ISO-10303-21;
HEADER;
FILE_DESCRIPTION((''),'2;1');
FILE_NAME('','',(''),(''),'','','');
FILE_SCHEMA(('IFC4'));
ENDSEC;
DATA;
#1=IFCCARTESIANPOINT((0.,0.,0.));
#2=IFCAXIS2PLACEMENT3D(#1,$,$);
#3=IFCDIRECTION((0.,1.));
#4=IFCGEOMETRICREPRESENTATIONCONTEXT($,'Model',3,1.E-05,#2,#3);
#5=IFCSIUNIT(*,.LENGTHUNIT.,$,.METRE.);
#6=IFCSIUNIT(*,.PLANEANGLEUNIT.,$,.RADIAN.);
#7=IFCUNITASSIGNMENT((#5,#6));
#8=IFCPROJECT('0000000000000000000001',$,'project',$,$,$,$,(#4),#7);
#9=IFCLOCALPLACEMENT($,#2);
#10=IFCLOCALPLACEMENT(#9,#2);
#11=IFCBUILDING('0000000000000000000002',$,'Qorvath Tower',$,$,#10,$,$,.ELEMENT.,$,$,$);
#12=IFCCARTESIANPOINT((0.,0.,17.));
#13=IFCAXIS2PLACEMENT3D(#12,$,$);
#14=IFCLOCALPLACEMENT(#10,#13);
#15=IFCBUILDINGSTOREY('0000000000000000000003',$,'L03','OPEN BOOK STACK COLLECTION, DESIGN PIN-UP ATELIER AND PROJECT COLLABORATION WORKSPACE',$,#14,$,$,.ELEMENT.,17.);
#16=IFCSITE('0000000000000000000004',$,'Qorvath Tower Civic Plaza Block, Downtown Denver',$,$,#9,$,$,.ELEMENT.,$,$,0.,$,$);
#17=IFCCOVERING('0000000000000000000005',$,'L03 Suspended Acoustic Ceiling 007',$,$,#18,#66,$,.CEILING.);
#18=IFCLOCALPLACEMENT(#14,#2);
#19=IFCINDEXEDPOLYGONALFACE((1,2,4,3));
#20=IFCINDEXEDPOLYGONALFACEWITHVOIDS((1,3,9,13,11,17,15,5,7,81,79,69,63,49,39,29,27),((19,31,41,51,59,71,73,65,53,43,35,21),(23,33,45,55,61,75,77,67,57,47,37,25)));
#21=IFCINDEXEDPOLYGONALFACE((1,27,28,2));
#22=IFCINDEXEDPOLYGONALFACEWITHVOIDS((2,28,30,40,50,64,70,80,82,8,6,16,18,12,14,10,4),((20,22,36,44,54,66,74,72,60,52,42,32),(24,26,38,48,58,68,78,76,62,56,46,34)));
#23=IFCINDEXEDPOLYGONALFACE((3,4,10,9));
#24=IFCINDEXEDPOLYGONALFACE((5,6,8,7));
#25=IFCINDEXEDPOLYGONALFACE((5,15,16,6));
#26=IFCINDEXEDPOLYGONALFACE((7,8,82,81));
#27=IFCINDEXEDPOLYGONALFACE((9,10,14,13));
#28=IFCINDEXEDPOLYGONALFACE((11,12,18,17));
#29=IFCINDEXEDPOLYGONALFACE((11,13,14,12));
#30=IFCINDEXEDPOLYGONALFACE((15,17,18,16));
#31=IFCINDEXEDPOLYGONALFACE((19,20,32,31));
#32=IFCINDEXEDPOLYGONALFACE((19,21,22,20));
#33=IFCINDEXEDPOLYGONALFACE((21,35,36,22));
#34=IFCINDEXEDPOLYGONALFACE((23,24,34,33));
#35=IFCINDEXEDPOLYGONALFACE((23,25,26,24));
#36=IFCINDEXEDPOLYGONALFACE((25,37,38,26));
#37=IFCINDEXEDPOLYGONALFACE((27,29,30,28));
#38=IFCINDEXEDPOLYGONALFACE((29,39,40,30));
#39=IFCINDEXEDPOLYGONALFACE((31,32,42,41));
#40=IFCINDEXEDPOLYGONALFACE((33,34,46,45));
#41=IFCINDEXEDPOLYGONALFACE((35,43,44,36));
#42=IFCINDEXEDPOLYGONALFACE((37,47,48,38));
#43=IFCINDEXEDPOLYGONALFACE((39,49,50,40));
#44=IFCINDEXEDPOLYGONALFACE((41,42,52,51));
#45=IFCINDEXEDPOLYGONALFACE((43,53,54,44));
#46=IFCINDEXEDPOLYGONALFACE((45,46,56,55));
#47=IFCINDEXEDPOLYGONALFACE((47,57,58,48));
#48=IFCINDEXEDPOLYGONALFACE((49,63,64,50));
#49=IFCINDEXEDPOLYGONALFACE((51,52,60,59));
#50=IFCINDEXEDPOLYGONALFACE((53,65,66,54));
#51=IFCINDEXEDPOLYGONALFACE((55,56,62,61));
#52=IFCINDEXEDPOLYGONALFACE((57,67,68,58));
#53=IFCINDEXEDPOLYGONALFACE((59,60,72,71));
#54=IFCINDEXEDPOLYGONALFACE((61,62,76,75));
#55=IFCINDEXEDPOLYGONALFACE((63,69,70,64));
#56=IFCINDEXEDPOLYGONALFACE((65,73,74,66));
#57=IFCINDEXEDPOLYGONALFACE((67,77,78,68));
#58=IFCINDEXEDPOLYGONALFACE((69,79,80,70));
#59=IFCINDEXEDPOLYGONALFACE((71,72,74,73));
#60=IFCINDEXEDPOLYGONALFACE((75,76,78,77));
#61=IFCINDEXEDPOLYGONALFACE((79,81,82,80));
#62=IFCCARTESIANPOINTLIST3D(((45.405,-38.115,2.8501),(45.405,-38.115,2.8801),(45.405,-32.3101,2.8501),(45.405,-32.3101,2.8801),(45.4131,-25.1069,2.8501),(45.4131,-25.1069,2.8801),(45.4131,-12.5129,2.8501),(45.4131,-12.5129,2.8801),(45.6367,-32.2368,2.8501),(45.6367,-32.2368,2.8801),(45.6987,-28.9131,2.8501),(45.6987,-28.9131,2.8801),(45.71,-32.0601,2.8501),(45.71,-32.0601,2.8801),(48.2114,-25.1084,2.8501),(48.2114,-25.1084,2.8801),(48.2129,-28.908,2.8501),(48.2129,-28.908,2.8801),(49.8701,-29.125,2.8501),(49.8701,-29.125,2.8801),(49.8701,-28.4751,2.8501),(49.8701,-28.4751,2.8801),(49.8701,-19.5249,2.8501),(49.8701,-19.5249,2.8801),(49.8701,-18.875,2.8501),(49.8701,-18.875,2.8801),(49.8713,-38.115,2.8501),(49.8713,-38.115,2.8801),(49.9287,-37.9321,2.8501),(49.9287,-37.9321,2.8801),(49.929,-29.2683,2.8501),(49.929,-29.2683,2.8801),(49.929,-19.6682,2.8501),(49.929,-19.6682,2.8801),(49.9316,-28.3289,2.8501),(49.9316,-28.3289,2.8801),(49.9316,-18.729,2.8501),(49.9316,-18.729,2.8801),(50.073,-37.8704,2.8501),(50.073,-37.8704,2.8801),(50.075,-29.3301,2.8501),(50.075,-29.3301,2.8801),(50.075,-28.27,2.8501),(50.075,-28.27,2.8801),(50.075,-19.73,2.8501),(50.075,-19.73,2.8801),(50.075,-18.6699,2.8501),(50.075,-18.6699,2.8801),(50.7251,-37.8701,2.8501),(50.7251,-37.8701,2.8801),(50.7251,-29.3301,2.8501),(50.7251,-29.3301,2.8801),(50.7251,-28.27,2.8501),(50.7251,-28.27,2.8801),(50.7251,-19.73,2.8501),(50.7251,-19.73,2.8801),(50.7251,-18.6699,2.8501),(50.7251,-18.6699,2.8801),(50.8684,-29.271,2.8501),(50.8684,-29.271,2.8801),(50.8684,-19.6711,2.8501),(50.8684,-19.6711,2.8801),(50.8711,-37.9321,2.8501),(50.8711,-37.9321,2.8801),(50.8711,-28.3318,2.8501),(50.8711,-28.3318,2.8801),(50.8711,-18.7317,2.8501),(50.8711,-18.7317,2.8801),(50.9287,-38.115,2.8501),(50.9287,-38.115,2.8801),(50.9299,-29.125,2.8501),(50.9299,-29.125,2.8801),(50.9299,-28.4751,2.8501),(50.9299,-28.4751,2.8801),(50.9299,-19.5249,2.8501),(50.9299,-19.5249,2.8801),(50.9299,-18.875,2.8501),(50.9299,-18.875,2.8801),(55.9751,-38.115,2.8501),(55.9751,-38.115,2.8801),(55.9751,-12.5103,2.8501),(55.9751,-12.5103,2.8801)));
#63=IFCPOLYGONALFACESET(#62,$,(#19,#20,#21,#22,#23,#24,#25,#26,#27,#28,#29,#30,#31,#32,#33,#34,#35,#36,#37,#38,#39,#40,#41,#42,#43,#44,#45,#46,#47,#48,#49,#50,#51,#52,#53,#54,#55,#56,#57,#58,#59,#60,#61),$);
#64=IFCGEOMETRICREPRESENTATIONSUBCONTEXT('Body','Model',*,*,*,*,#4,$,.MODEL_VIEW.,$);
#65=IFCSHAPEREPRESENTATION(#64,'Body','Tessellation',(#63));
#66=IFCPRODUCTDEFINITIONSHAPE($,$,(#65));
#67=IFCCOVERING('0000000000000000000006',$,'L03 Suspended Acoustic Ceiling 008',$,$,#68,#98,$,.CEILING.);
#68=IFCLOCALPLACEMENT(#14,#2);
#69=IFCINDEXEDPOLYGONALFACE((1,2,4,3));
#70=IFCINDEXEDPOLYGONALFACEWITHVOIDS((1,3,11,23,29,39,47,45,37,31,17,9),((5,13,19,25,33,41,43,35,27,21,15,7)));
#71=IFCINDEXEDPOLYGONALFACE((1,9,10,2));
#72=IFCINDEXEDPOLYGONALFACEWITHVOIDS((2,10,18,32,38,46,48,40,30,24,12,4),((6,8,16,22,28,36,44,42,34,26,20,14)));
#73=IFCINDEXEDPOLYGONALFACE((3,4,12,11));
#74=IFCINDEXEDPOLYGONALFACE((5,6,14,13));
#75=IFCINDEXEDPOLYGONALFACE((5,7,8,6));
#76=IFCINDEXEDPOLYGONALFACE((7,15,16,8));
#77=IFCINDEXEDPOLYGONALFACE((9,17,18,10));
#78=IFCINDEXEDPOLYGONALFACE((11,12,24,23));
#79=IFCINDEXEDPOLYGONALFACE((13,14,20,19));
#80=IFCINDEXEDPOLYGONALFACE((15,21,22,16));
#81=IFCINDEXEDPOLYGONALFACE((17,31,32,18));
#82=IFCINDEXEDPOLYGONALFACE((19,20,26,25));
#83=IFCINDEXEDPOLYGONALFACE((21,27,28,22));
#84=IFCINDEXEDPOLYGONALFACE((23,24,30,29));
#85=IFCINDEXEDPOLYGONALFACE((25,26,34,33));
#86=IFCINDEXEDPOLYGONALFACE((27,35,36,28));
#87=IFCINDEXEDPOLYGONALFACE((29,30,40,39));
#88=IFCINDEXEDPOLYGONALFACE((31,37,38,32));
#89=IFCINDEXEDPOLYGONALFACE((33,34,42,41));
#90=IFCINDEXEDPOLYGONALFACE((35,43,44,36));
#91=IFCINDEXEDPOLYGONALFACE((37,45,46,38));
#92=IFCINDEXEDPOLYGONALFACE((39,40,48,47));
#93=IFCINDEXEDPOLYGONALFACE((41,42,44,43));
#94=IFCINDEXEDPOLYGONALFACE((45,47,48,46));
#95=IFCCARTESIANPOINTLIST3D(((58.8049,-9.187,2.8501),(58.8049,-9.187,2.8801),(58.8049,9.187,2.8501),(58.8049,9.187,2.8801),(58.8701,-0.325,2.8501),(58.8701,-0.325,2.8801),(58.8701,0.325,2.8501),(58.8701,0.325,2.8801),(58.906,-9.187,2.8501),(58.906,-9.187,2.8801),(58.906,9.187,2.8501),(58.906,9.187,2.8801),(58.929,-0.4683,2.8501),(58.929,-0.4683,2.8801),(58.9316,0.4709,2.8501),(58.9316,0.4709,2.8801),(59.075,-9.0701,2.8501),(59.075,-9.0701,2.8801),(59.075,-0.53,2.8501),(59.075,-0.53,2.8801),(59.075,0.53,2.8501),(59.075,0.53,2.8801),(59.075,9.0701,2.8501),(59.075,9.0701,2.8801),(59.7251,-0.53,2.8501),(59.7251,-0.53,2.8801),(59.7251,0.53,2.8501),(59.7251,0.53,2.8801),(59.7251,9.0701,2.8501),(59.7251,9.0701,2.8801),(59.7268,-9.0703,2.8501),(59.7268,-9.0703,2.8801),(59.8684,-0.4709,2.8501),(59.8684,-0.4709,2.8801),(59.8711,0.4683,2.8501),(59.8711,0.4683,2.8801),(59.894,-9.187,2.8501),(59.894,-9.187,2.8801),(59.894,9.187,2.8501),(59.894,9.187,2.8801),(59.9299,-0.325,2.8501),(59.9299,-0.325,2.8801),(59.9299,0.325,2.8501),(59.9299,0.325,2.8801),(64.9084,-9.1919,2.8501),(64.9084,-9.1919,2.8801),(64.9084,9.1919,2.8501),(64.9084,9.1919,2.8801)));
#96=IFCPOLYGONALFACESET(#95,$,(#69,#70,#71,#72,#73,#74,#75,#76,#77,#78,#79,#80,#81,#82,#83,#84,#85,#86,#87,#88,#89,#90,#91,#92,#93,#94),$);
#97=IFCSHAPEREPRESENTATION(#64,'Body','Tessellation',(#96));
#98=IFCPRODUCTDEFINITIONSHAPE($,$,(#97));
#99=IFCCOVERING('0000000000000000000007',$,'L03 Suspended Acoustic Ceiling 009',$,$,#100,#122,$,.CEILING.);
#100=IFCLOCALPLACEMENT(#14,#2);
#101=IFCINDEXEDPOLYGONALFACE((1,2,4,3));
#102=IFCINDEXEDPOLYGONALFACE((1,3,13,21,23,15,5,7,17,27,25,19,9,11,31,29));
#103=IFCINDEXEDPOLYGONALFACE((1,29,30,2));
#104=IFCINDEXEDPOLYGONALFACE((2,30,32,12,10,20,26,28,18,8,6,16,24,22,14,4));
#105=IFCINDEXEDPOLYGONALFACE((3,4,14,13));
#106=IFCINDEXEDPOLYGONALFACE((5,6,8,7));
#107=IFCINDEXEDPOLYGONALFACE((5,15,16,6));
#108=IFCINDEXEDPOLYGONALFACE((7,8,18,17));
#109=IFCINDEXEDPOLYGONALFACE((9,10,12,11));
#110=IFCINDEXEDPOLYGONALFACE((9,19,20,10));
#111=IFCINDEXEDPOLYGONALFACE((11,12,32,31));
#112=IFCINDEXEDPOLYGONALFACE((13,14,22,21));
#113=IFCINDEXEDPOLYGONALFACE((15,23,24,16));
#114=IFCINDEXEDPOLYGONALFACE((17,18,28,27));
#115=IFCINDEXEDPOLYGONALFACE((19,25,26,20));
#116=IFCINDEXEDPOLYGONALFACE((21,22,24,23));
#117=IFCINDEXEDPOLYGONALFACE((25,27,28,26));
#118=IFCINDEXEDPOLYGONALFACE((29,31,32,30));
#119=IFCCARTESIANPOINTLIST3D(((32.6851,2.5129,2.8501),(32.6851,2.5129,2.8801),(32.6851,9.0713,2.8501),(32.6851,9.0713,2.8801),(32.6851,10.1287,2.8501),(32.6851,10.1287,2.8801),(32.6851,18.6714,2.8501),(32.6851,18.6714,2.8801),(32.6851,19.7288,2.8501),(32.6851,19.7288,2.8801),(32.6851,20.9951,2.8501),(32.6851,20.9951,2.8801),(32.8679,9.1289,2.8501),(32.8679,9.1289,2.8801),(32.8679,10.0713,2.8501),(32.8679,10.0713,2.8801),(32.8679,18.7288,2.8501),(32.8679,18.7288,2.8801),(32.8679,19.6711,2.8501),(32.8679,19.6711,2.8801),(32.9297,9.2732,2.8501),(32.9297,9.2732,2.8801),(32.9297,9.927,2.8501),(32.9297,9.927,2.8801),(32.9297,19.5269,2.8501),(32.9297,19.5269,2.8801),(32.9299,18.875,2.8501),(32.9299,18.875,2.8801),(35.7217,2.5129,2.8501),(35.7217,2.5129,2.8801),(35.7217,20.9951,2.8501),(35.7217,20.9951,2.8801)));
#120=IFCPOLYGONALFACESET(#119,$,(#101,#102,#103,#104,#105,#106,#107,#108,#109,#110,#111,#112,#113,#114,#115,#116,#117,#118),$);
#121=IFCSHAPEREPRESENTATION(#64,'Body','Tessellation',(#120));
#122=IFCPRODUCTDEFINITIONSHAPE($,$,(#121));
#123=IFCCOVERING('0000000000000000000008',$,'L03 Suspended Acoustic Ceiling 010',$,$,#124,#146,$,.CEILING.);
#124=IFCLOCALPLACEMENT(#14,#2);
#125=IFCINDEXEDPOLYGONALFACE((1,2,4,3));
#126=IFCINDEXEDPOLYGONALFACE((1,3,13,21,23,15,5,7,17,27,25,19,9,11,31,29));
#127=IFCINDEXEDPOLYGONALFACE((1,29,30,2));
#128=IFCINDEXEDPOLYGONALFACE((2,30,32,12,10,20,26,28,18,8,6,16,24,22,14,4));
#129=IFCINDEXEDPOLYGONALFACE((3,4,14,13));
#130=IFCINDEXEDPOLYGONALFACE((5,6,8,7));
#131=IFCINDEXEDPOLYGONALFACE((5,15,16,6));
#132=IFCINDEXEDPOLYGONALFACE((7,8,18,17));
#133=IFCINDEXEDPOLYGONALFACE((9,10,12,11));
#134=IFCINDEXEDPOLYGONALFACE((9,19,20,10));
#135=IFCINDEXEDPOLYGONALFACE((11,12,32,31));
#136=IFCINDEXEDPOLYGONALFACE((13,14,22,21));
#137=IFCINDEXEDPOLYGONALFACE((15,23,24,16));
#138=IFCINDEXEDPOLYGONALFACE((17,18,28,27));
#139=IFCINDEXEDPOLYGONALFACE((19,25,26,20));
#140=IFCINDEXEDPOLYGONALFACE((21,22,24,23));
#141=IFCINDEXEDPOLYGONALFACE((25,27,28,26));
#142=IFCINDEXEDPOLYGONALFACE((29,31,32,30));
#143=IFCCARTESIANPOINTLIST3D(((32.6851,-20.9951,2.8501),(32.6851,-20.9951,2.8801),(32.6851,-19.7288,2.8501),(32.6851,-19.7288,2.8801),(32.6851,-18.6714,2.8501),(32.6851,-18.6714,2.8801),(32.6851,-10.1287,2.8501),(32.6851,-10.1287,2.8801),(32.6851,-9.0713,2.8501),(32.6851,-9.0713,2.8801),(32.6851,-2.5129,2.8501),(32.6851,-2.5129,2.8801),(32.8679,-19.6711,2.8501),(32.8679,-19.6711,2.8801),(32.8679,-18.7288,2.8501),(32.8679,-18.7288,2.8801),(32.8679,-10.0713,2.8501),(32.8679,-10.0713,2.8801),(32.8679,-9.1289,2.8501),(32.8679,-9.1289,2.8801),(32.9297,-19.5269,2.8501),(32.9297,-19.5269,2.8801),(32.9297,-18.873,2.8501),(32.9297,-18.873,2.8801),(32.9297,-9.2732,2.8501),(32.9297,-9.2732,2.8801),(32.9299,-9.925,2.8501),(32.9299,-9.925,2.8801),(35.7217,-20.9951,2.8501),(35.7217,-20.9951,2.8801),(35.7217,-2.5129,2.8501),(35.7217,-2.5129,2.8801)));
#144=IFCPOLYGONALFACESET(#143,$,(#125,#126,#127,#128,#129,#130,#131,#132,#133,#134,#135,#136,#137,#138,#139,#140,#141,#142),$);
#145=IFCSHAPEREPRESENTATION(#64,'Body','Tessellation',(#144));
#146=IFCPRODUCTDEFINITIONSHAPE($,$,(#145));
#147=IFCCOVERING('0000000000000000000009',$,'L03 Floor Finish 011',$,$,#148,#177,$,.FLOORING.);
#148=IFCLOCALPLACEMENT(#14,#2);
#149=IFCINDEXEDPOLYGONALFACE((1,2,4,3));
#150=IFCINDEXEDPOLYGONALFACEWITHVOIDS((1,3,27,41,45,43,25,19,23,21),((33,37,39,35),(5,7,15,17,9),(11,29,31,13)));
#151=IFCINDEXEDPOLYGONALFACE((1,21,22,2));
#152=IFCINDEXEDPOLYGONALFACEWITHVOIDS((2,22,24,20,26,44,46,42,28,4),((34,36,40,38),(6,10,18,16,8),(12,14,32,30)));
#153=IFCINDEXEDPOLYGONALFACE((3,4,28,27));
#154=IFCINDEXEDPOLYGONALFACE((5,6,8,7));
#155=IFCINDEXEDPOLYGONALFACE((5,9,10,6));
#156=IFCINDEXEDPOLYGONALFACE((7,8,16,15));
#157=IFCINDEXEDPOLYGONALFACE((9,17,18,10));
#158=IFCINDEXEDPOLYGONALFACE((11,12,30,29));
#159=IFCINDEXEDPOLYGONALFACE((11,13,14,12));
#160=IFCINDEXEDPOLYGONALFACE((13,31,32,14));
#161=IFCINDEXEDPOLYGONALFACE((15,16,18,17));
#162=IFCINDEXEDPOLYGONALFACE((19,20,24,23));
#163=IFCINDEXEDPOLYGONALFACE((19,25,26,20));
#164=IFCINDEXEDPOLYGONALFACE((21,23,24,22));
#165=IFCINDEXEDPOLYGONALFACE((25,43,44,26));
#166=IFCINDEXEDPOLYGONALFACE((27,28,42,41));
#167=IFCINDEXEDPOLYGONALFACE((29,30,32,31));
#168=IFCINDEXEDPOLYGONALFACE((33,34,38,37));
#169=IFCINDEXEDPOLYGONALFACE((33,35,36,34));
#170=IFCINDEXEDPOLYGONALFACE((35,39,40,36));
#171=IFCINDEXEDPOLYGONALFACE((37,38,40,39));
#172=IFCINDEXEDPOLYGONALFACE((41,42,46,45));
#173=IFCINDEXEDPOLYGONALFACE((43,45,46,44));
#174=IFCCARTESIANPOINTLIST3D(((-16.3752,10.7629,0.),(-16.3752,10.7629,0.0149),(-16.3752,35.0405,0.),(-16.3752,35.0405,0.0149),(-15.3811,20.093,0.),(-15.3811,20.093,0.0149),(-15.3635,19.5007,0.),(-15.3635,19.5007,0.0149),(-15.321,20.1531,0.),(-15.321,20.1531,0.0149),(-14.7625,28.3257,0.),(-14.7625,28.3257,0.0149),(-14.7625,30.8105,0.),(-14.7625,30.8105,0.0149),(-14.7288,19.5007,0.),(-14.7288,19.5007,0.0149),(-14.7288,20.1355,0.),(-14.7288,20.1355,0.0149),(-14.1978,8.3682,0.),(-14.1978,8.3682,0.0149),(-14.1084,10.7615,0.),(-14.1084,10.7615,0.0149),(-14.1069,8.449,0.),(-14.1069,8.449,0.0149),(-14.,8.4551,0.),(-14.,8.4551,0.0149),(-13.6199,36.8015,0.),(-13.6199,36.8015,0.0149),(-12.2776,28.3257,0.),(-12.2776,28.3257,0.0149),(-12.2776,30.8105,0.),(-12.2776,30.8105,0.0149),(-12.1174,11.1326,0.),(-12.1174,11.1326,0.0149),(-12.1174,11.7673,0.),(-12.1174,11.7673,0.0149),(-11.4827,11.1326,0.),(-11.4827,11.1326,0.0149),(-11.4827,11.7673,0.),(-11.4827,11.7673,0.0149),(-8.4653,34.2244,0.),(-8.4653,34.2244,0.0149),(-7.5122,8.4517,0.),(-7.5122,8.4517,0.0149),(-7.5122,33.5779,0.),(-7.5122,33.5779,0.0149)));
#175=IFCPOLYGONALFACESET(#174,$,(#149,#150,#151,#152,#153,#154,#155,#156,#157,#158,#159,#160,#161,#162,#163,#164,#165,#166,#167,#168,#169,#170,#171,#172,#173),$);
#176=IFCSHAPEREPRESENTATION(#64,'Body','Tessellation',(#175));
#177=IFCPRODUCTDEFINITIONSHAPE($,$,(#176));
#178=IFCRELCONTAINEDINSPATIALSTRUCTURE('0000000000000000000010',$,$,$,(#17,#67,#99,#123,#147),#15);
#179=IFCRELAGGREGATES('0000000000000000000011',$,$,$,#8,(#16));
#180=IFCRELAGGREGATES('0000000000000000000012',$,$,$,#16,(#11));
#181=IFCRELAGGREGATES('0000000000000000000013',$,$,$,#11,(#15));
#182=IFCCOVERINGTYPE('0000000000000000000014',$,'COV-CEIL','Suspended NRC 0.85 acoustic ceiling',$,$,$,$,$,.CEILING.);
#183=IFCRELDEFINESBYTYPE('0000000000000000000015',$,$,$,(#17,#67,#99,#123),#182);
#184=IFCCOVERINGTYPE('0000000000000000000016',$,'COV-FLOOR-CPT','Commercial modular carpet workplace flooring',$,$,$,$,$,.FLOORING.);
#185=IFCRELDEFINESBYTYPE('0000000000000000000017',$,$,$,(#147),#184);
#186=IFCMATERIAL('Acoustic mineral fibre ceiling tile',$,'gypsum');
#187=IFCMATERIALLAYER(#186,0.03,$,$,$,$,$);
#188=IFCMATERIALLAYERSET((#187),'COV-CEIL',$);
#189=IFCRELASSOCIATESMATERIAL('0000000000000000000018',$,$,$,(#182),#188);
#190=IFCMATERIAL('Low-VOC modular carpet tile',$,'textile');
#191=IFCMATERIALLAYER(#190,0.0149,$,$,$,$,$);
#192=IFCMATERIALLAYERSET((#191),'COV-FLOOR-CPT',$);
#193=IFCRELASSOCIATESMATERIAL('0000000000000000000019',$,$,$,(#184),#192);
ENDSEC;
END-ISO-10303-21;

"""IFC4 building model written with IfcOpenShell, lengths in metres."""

from ifc_helpers import new_model, si_unit, direction, frame, origin, place, context, subcontext, project, spatial, polyline, outline, extrude, material, layer, layer_set, type_object, element, save


model = new_model("IFC4")

# Units and contexts
model_context = context("Model", 3, precision=1e-05, world=origin(), true_north=direction((0.0, 1.0)))
body_context = subcontext(model_context, "Body", "Model", "MODEL_VIEW")
ifc_project = project(units=[si_unit("LENGTHUNIT", "METRE"), si_unit("PLANEANGLEUNIT", "RADIAN")], contexts=[model_context])

# Site, building, storey
site_placement = place(None, origin())
site = spatial("IfcSite", under=ifc_project, at=site_placement, Name="Qorvath Tower Civic Plaza Block, Downtown Denver", CompositionType="ELEMENT", RefElevation=0.0)
building_placement = place(site_placement, origin())
building = spatial("IfcBuilding", under=site, at=building_placement, Name="Qorvath Tower", CompositionType="ELEMENT")
storey_placement = place(building_placement, frame((0.0, 0.0, 17.0)))
storey = spatial("IfcBuildingStorey", under=building, at=storey_placement, Name="L03", Description="OPEN BOOK STACK COLLECTION, DESIGN PIN-UP ATELIER AND PROJECT COLLABORATION WORKSPACE", CompositionType="ELEMENT", Elevation=17.0)

# Coverings
ifc_material_1 = material(Name="Acoustic mineral fibre ceiling tile", Category="gypsum")
ifc_layer_1 = layer(ifc_material_1, 0.03)
ifc_layer_set_1 = layer_set([ifc_layer_1], Name="COV-CEIL")
covering_type_1 = type_object("IfcCoveringType", Name="COV-CEIL", Description="Suspended NRC 0.85 acoustic ceiling", PredefinedType="CEILING", material=ifc_layer_set_1)
covering_1_placement = place(storey_placement, frame((0.0, 0.0, 2.8501)))
element("IfcCovering", 1, at=covering_1_placement, inside=storey, type_object=covering_type_1, Name="L03 Suspended Acoustic Ceiling 007", PredefinedType="CEILING", context=body_context, shape_type="SweptSolid", body=[
    extrude(outline(polyline([(55.9751, -38.115), (55.9751, -12.5103), (45.4131, -12.5129), (45.4131, -25.1069), (48.2114, -25.1084), (48.2129, -28.908), (45.6987, -28.9131), (45.71, -32.0601), (45.6367, -32.2368), (45.405, -32.3101), (45.405, -38.115), (49.8713, -38.115), (49.9287, -37.9321), (50.073, -37.8704), (50.7251, -37.8701), (50.8711, -37.9321), (50.9287, -38.115), (55.9751, -38.115)]), holes=[polyline([(50.8711, -28.3318), (50.9299, -28.4751), (50.9299, -29.125), (50.8684, -29.271), (50.7251, -29.3301), (50.075, -29.3301), (49.929, -29.2683), (49.8701, -29.125), (49.8701, -28.4751), (49.9316, -28.3289), (50.075, -28.27), (50.7251, -28.27), (50.8711, -28.3318)]), polyline([(50.8711, -18.7317), (50.9299, -18.875), (50.9299, -19.5249), (50.8684, -19.6711), (50.7251, -19.73), (50.075, -19.73), (49.929, -19.6682), (49.8701, -19.5249), (49.8701, -18.875), (49.9316, -18.729), (50.075, -18.6699), (50.7251, -18.6699), (50.8711, -18.7317)])]), origin(), (0.0, 0.0, 1.0), 0.03),
])
covering_2_placement = place(storey_placement, frame((0.0, 0.0, 2.8501)))
element("IfcCovering", 2, at=covering_2_placement, inside=storey, type_object=covering_type_1, Name="L03 Suspended Acoustic Ceiling 008", PredefinedType="CEILING", context=body_context, shape_type="SweptSolid", body=[
    extrude(outline(polyline([(59.7268, -9.0703), (59.894, -9.187), (64.9084, -9.1919), (64.9084, 9.1919), (59.894, 9.187), (59.7251, 9.0701), (59.075, 9.0701), (58.906, 9.187), (58.8049, 9.187), (58.8049, -9.187), (58.906, -9.187), (59.075, -9.0701), (59.7268, -9.0703)]), holes=[polyline([(59.8711, 0.4683), (59.9299, 0.325), (59.9299, -0.325), (59.8684, -0.4709), (59.7251, -0.53), (59.075, -0.53), (58.929, -0.4683), (58.8701, -0.325), (58.8701, 0.325), (58.9316, 0.4709), (59.075, 0.53), (59.7251, 0.53), (59.8711, 0.4683)])]), origin(), (0.0, 0.0, 1.0), 0.03),
])
covering_3_placement = place(storey_placement, frame((0.0, 0.0, 2.8501)))
element("IfcCovering", 3, at=covering_3_placement, inside=storey, type_object=covering_type_1, Name="L03 Suspended Acoustic Ceiling 009", PredefinedType="CEILING", context=body_context, shape_type="SweptSolid", body=[
    extrude(outline(polyline([(32.9297, 9.2732), (32.8679, 9.1289), (32.6851, 9.0713), (32.6851, 2.5129), (35.7217, 2.5129), (35.7217, 20.9951), (32.6851, 20.9951), (32.6851, 19.7288), (32.8679, 19.6711), (32.9297, 19.5269), (32.9299, 18.875), (32.8679, 18.7288), (32.6851, 18.6714), (32.6851, 10.1287), (32.8679, 10.0713), (32.9297, 9.927), (32.9297, 9.2732)])), origin(), (0.0, 0.0, 1.0), 0.03),
])
covering_4_placement = place(storey_placement, frame((0.0, 0.0, 2.8501)))
element("IfcCovering", 4, at=covering_4_placement, inside=storey, type_object=covering_type_1, Name="L03 Suspended Acoustic Ceiling 010", PredefinedType="CEILING", context=body_context, shape_type="SweptSolid", body=[
    extrude(outline(polyline([(32.9297, -19.5269), (32.8679, -19.6711), (32.6851, -19.7288), (32.6851, -20.9951), (35.7217, -20.9951), (35.7217, -2.5129), (32.6851, -2.5129), (32.6851, -9.0713), (32.8679, -9.1289), (32.9297, -9.2732), (32.9299, -9.925), (32.8679, -10.0713), (32.6851, -10.1287), (32.6851, -18.6714), (32.8679, -18.7288), (32.9297, -18.873), (32.9297, -19.5269)])), origin(), (0.0, 0.0, 1.0), 0.03),
])
ifc_material_2 = material(Name="Low-VOC modular carpet tile", Category="textile")
ifc_layer_2 = layer(ifc_material_2, 0.0149)
ifc_layer_set_2 = layer_set([ifc_layer_2], Name="COV-FLOOR-CPT")
covering_type_2 = type_object("IfcCoveringType", Name="COV-FLOOR-CPT", Description="Commercial modular carpet workplace flooring", PredefinedType="FLOORING", material=ifc_layer_set_2)
covering_5_placement = place(storey_placement, origin())
element("IfcCovering", 5, at=covering_5_placement, inside=storey, type_object=covering_type_2, Name="L03 Floor Finish 011", PredefinedType="FLOORING", context=body_context, shape_type="SweptSolid", body=[
    extrude(outline(polyline([(-7.5122, 8.4517), (-7.5122, 33.5779), (-8.4653, 34.2244), (-13.6199, 36.8015), (-16.3752, 35.0405), (-16.3752, 10.7629), (-14.1084, 10.7615), (-14.1069, 8.449), (-14.1978, 8.3682), (-14.0, 8.4551), (-7.5122, 8.4517)]), holes=[polyline([(-12.1174, 11.7673), (-11.4827, 11.7673), (-11.4827, 11.1326), (-12.1174, 11.1326), (-12.1174, 11.7673)]), polyline([(-14.7625, 30.8105), (-12.2776, 30.8105), (-12.2776, 28.3257), (-14.7625, 28.3257), (-14.7625, 30.8105)]), polyline([(-15.3811, 20.093), (-15.321, 20.1531), (-14.7288, 20.1355), (-14.7288, 19.5007), (-15.3635, 19.5007), (-15.3811, 20.093)])]), origin(), (0.0, 0.0, 1.0), 0.0149),
])

save(model, "model.ifc")
